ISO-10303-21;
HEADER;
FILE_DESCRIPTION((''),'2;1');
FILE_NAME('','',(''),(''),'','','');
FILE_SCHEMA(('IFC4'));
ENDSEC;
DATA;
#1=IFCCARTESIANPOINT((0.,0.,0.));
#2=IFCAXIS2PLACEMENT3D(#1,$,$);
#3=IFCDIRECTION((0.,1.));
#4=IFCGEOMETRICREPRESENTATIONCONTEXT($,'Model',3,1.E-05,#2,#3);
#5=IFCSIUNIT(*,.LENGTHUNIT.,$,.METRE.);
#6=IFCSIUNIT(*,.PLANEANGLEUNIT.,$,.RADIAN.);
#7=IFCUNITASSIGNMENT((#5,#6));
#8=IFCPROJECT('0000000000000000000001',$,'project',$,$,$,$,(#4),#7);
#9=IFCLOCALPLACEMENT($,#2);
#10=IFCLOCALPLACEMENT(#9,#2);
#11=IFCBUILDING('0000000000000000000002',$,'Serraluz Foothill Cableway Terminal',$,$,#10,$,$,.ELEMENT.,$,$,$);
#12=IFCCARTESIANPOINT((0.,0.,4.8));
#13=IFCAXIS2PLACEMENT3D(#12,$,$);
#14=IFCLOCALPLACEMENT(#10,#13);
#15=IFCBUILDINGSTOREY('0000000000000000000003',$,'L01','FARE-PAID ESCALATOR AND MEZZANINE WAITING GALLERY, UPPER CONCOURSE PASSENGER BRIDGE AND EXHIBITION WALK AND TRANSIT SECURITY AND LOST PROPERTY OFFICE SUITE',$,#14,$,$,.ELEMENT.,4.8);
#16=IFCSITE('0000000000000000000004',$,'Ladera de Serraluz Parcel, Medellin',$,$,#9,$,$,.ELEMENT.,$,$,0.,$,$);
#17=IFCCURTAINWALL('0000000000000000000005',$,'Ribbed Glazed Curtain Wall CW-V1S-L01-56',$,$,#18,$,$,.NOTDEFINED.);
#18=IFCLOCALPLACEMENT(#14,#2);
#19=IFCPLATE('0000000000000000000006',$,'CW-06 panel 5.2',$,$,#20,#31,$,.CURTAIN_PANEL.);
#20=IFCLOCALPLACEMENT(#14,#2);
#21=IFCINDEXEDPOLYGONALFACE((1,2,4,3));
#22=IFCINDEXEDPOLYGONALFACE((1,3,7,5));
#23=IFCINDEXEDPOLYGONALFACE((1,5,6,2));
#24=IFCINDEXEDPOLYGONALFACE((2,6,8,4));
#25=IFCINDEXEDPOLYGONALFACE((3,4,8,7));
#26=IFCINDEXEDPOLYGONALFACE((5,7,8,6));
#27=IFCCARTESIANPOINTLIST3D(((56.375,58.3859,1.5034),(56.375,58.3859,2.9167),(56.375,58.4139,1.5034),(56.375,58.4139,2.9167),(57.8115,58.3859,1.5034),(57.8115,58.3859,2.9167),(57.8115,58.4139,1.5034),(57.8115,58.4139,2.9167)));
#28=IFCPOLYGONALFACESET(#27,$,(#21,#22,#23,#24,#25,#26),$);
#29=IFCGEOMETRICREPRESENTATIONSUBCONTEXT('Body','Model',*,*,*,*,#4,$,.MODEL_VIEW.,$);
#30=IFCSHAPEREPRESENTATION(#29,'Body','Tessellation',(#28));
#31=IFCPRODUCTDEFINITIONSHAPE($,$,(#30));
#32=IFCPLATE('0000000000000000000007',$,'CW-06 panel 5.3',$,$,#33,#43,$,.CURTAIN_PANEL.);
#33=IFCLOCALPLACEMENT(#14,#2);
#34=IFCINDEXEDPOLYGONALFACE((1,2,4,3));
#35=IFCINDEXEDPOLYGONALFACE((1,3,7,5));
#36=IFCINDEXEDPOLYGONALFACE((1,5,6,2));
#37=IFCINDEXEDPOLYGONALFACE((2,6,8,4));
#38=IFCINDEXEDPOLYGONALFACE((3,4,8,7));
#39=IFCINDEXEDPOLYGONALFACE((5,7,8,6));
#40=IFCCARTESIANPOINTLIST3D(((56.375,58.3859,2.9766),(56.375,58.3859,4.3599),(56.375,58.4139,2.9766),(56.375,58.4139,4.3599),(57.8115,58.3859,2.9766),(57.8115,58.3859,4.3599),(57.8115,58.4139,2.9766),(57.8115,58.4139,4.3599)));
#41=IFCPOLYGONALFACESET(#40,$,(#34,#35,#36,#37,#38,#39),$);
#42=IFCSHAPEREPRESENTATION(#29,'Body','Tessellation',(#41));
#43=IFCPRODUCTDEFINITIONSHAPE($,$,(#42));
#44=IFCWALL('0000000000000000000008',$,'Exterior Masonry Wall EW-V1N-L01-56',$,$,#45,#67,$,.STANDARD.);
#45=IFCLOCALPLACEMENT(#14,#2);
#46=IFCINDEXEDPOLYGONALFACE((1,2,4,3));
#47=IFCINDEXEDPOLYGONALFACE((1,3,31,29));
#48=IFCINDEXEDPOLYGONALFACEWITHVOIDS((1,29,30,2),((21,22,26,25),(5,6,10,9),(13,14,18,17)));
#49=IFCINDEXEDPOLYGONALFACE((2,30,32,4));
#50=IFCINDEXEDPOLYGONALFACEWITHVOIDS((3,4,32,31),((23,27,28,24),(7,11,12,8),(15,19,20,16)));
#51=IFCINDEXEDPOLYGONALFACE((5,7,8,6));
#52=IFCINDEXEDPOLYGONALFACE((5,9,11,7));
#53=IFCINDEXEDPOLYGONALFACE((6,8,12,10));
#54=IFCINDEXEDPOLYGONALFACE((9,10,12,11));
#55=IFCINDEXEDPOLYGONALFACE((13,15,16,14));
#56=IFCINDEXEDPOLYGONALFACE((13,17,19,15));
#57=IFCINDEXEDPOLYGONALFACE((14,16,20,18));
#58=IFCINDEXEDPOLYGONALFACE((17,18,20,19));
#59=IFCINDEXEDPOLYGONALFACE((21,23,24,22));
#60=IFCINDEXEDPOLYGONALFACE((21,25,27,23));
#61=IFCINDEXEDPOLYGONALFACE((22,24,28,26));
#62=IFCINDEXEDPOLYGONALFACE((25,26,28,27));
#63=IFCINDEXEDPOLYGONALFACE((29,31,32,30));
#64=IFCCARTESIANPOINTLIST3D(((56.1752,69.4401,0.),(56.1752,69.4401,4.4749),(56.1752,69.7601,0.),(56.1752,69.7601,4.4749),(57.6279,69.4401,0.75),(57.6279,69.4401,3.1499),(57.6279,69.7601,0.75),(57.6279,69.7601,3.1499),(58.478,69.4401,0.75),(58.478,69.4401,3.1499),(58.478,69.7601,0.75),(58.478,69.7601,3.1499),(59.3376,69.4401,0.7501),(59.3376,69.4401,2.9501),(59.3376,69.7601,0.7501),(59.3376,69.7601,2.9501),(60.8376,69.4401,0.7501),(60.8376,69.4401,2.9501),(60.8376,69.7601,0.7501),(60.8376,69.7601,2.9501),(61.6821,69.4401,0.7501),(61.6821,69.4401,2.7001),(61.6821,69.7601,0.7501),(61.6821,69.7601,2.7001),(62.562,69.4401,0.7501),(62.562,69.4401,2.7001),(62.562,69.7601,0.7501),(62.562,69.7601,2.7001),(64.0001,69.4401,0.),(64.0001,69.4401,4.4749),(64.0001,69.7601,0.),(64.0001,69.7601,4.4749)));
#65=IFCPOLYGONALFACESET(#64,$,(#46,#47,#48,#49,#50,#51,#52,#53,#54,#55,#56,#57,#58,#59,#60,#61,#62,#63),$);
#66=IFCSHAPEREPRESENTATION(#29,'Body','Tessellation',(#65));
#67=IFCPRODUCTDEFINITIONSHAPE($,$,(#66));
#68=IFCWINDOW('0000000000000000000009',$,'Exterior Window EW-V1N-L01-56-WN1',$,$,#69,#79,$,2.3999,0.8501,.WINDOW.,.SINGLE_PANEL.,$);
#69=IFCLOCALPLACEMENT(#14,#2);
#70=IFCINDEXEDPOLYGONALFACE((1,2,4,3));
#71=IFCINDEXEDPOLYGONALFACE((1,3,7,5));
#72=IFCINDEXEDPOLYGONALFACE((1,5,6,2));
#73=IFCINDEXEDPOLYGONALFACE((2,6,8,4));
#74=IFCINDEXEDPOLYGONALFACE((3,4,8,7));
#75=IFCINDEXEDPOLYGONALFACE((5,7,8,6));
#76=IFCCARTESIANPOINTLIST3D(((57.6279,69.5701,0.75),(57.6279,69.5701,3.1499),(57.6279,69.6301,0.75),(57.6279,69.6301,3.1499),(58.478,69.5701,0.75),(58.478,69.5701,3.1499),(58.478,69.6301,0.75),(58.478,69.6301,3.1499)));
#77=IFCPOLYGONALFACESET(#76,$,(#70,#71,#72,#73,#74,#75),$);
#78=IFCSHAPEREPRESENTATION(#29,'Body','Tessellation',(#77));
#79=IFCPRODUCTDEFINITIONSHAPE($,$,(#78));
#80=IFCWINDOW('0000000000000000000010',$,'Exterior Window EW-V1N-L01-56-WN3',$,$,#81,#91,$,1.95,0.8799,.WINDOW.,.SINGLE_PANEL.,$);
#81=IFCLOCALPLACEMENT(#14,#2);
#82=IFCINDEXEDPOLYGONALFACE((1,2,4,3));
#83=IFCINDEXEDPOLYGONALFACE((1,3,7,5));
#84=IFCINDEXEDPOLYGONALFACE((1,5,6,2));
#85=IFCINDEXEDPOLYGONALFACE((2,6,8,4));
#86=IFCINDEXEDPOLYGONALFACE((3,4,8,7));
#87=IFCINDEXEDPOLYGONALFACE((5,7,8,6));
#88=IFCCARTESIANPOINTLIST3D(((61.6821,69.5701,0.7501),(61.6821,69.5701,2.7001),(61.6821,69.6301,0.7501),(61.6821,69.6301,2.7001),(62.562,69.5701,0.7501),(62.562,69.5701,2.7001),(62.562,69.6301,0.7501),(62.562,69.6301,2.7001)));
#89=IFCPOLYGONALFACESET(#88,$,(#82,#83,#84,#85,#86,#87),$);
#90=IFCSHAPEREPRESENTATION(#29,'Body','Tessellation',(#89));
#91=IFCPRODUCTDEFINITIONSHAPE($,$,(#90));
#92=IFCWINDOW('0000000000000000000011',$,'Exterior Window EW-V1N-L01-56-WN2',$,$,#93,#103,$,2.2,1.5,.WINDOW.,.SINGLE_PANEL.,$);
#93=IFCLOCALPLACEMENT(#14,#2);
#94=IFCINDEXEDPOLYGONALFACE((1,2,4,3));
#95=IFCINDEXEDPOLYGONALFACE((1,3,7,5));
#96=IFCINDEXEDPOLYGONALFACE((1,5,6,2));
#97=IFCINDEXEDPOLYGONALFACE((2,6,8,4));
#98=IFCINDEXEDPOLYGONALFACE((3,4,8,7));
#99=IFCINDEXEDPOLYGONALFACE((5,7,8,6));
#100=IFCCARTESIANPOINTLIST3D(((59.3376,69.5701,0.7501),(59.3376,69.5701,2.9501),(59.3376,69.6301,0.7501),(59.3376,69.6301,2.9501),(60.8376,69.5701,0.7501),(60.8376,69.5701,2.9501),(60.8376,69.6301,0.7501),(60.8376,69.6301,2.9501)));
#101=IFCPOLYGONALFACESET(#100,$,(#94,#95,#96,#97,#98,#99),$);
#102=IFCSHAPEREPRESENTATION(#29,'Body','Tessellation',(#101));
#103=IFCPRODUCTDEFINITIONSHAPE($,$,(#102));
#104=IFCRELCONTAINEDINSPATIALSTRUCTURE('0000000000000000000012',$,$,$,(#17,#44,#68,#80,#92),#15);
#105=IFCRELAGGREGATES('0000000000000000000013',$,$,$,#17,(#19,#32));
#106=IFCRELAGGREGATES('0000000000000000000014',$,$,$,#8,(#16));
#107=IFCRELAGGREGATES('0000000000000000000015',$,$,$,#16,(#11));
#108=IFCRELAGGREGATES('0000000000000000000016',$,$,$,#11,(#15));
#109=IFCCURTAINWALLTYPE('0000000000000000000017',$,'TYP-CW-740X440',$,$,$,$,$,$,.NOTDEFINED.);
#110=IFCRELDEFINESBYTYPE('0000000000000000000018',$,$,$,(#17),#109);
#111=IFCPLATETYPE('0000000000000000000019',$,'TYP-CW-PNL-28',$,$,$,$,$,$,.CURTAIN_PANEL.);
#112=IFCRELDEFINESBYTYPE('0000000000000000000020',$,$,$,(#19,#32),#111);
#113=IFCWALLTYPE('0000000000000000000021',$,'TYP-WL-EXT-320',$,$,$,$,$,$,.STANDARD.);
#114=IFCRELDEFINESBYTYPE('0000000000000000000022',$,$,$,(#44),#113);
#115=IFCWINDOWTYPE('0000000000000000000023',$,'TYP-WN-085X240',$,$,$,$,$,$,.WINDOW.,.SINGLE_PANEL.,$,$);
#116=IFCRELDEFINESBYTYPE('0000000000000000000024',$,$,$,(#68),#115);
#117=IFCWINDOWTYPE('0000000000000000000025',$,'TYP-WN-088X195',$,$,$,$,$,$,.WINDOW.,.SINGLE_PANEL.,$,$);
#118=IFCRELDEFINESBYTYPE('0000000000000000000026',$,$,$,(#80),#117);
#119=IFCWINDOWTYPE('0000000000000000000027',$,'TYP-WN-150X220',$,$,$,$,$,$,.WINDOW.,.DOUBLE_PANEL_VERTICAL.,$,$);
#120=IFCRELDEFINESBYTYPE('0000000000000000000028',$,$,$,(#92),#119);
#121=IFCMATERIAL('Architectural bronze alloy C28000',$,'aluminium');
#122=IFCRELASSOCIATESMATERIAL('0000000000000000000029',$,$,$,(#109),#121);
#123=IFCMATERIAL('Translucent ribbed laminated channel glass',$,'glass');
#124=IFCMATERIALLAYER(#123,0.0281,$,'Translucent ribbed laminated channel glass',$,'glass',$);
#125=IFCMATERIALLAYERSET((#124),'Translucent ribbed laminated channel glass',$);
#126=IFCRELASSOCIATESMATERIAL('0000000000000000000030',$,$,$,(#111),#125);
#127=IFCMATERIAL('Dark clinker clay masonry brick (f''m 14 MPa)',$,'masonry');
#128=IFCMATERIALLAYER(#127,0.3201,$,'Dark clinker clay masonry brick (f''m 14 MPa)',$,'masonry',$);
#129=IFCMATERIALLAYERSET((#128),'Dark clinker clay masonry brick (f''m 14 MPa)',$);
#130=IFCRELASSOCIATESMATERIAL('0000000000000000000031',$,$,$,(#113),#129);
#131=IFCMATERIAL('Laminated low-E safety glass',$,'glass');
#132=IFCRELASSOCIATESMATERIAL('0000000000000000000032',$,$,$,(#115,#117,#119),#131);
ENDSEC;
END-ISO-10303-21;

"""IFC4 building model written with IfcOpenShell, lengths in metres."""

from ifc_helpers import new_model, si_unit, direction, frame, frame_2d, origin, origin_2d, place, context, subcontext, project, spatial, rectangle, extrude, material, layer, layer_set, type_object, element, fill, aggregate, save


model = new_model("IFC4")

# Units and contexts
model_context = context("Model", 3, precision=1e-05, world=origin(), true_north=direction((0.0, 1.0)))
body_context = subcontext(model_context, "Body", "Model", "MODEL_VIEW")
ifc_project = project(units=[si_unit("LENGTHUNIT", "METRE"), si_unit("PLANEANGLEUNIT", "RADIAN")], contexts=[model_context])

# Site, building, storey
site_placement = place(None, origin())
site = spatial("IfcSite", under=ifc_project, at=site_placement, Name="Ladera de Serraluz Parcel, Medellin", CompositionType="ELEMENT", RefElevation=0.0)
building_placement = place(site_placement, origin())
building = spatial("IfcBuilding", under=site, at=building_placement, Name="Serraluz Foothill Cableway Terminal", CompositionType="ELEMENT")
storey_placement = place(building_placement, frame((0.0, 0.0, 4.8)))
storey = spatial("IfcBuildingStorey", under=building, at=storey_placement, Name="L01", Description="FARE-PAID ESCALATOR AND MEZZANINE WAITING GALLERY, UPPER CONCOURSE PASSENGER BRIDGE AND EXHIBITION WALK AND TRANSIT SECURITY AND LOST PROPERTY OFFICE SUITE", CompositionType="ELEMENT", Elevation=4.8)

# Shared definitions
ifc_material_1 = material(Name="Dark clinker clay masonry brick (f'm 14 MPa)", Category="masonry")

# Curtain wall
ifc_material_2 = material(Name="Architectural bronze alloy C28000", Category="aluminium")
curtain_wall_type_1 = type_object("IfcCurtainWallType", Name="TYP-CW-740X440", PredefinedType="NOTDEFINED", material=ifc_material_2)
curtain_wall_1_placement = place(storey_placement, origin())
curtain_wall_1 = element("IfcCurtainWall", 1, at=curtain_wall_1_placement, inside=storey, type_object=curtain_wall_type_1, Name="Ribbed Glazed Curtain Wall CW-V1S-L01-56", PredefinedType="NOTDEFINED")

# Plates
ifc_material_3 = material(Name="Translucent ribbed laminated channel glass", Category="glass")
ifc_layer_1 = layer(ifc_material_3, 0.0281, Name="Translucent ribbed laminated channel glass", Category="glass")
ifc_layer_set_1 = layer_set([ifc_layer_1], Name="Translucent ribbed laminated channel glass")
plate_type = type_object("IfcPlateType", Name="TYP-CW-PNL-28", PredefinedType="CURTAIN_PANEL", material=ifc_layer_set_1)
plate_1_placement = place(storey_placement, frame((57.0933, 58.3999, 1.5034), z_axis=(0.0, 0.0, 1.0), x_axis=(-1.0, 0.0, 0.0)))
plate_1 = element("IfcPlate", 2, at=plate_1_placement, type_object=plate_type, Name="CW-06 panel 5.2", PredefinedType="CURTAIN_PANEL", context=body_context, shape_type="SweptSolid", body=[
    extrude(rectangle(XDim=1.4365, YDim=0.0281, at=origin_2d()), origin(), (0.0, 0.0, 1.0), 1.4133),
])
plate_2_placement = place(storey_placement, frame((57.0933, 58.3999, 2.9766), z_axis=(0.0, 0.0, 1.0), x_axis=(-1.0, 0.0, 0.0)))
plate_2 = element("IfcPlate", 3, at=plate_2_placement, type_object=plate_type, Name="CW-06 panel 5.3", PredefinedType="CURTAIN_PANEL", context=body_context, shape_type="SweptSolid", body=[
    extrude(rectangle(XDim=1.4365, YDim=0.0281, at=origin_2d()), origin(), (0.0, 0.0, 1.0), 1.3833),
])
aggregate(curtain_wall_1, [plate_1, plate_2])

# Wall, openings, windows
ifc_layer_2 = layer(ifc_material_1, 0.3201, Name="Dark clinker clay masonry brick (f'm 14 MPa)", Category="masonry")
ifc_layer_set_2 = layer_set([ifc_layer_2], Name="Dark clinker clay masonry brick (f'm 14 MPa)")
wall_type = type_object("IfcWallType", Name="TYP-WL-EXT-320", PredefinedType="STANDARD", material=ifc_layer_set_2)
wall_placement = place(storey_placement, frame((56.175, 69.6001, 0.0), z_axis=(0.0, 0.0, 1.0), x_axis=(1.0, 0.0, 0.0)))
wall = element("IfcWall", 4, at=wall_placement, inside=storey, type_object=wall_type, Name="Exterior Masonry Wall EW-V1N-L01-56", PredefinedType="STANDARD", context=body_context, shape_type="SweptSolid", body=[
    extrude(rectangle(XDim=7.825, YDim=0.3201, at=frame_2d((3.9126, 0.0))), origin(), (0.0, 0.0, 1.0), 4.4749),
])
opening_1_placement = place(wall_placement, frame((1.4529, 0.0, 0.75)))
opening_1 = element("IfcOpeningElement", 5, at=opening_1_placement, cuts=wall, PredefinedType="OPENING", context=body_context, shape_type="SweptSolid", body=[
    extrude(rectangle(XDim=0.8501, YDim=2.3999, at=frame_2d((0.425, 1.2))), frame((0.0, 0.1699, 0.0), z_axis=(0.0, -1.0, 0.0), x_axis=(1.0, 0.0, 0.0)), (0.0, 0.0, 1.0), 0.3401),
])
opening_2_placement = place(wall_placement, frame((3.1626, 0.0, 0.75)))
opening_2 = element("IfcOpeningElement", 6, at=opening_2_placement, cuts=wall, PredefinedType="OPENING", context=body_context, shape_type="SweptSolid", body=[
    extrude(rectangle(XDim=1.5, YDim=2.2, at=frame_2d((0.75, 1.1001))), frame((0.0, 0.1699, 0.0), z_axis=(0.0, -1.0, 0.0), x_axis=(1.0, 0.0, 0.0)), (0.0, 0.0, 1.0), 0.3401),
])
opening_3_placement = place(wall_placement, frame((5.5071, 0.0, 0.75)))
opening_3 = element("IfcOpeningElement", 7, at=opening_3_placement, cuts=wall, PredefinedType="OPENING", context=body_context, shape_type="SweptSolid", body=[
    extrude(rectangle(XDim=0.8799, YDim=1.95, at=frame_2d((0.4399, 0.9751))), frame((0.0, 0.1699, 0.0), z_axis=(0.0, -1.0, 0.0), x_axis=(1.0, 0.0, 0.0)), (0.0, 0.0, 1.0), 0.3401),
])
ifc_material_4 = material(Name="Laminated low-E safety glass", Category="glass")
window_type_1 = type_object("IfcWindowType", Name="TYP-WN-085X240", PartitioningType="SINGLE_PANEL", PredefinedType="WINDOW", material=ifc_material_4)
window_1_placement = place(opening_1_placement, origin())
window_1 = element("IfcWindow", 8, at=window_1_placement, inside=storey, type_object=window_type_1, Name="Exterior Window EW-V1N-L01-56-WN1", OverallHeight=2.3999, OverallWidth=0.8501, PartitioningType="SINGLE_PANEL", PredefinedType="WINDOW", context=body_context, shape_type="SweptSolid", body=[
    extrude(rectangle(XDim=0.8501, YDim=2.3999, at=frame_2d((0.425, 1.2))), frame((0.0, 0.03, 0.0), z_axis=(0.0, -1.0, 0.0), x_axis=(1.0, 0.0, 0.0)), (0.0, 0.0, 1.0), 0.0601),
])
fill(opening_1, window_1)
window_type_2 = type_object("IfcWindowType", Name="TYP-WN-088X195", PartitioningType="SINGLE_PANEL", PredefinedType="WINDOW", material=ifc_material_4)
window_2_placement = place(opening_3_placement, origin())
window_2 = element("IfcWindow", 9, at=window_2_placement, inside=storey, type_object=window_type_2, Name="Exterior Window EW-V1N-L01-56-WN3", OverallHeight=1.95, OverallWidth=0.8799, PartitioningType="SINGLE_PANEL", PredefinedType="WINDOW", context=body_context, shape_type="SweptSolid", body=[
    extrude(rectangle(XDim=0.8799, YDim=1.95, at=frame_2d((0.4399, 0.9751))), frame((0.0, 0.03, 0.0), z_axis=(0.0, -1.0, 0.0), x_axis=(1.0, 0.0, 0.0)), (0.0, 0.0, 1.0), 0.0601),
])
fill(opening_3, window_2)
window_type_3 = type_object("IfcWindowType", Name="TYP-WN-150X220", PartitioningType="DOUBLE_PANEL_VERTICAL", PredefinedType="WINDOW", material=ifc_material_4)
window_3_placement = place(opening_2_placement, origin())
window_3 = element("IfcWindow", 10, at=window_3_placement, inside=storey, type_object=window_type_3, Name="Exterior Window EW-V1N-L01-56-WN2", OverallHeight=2.2, OverallWidth=1.5, PartitioningType="SINGLE_PANEL", PredefinedType="WINDOW", context=body_context, shape_type="SweptSolid", body=[
    extrude(rectangle(XDim=1.5, YDim=2.2, at=frame_2d((0.75, 1.1001))), frame((0.0, 0.03, 0.0), z_axis=(0.0, -1.0, 0.0), x_axis=(1.0, 0.0, 0.0)), (0.0, 0.0, 1.0), 0.0601),
])
fill(opening_2, window_3)

save(model, "model.ifc")
